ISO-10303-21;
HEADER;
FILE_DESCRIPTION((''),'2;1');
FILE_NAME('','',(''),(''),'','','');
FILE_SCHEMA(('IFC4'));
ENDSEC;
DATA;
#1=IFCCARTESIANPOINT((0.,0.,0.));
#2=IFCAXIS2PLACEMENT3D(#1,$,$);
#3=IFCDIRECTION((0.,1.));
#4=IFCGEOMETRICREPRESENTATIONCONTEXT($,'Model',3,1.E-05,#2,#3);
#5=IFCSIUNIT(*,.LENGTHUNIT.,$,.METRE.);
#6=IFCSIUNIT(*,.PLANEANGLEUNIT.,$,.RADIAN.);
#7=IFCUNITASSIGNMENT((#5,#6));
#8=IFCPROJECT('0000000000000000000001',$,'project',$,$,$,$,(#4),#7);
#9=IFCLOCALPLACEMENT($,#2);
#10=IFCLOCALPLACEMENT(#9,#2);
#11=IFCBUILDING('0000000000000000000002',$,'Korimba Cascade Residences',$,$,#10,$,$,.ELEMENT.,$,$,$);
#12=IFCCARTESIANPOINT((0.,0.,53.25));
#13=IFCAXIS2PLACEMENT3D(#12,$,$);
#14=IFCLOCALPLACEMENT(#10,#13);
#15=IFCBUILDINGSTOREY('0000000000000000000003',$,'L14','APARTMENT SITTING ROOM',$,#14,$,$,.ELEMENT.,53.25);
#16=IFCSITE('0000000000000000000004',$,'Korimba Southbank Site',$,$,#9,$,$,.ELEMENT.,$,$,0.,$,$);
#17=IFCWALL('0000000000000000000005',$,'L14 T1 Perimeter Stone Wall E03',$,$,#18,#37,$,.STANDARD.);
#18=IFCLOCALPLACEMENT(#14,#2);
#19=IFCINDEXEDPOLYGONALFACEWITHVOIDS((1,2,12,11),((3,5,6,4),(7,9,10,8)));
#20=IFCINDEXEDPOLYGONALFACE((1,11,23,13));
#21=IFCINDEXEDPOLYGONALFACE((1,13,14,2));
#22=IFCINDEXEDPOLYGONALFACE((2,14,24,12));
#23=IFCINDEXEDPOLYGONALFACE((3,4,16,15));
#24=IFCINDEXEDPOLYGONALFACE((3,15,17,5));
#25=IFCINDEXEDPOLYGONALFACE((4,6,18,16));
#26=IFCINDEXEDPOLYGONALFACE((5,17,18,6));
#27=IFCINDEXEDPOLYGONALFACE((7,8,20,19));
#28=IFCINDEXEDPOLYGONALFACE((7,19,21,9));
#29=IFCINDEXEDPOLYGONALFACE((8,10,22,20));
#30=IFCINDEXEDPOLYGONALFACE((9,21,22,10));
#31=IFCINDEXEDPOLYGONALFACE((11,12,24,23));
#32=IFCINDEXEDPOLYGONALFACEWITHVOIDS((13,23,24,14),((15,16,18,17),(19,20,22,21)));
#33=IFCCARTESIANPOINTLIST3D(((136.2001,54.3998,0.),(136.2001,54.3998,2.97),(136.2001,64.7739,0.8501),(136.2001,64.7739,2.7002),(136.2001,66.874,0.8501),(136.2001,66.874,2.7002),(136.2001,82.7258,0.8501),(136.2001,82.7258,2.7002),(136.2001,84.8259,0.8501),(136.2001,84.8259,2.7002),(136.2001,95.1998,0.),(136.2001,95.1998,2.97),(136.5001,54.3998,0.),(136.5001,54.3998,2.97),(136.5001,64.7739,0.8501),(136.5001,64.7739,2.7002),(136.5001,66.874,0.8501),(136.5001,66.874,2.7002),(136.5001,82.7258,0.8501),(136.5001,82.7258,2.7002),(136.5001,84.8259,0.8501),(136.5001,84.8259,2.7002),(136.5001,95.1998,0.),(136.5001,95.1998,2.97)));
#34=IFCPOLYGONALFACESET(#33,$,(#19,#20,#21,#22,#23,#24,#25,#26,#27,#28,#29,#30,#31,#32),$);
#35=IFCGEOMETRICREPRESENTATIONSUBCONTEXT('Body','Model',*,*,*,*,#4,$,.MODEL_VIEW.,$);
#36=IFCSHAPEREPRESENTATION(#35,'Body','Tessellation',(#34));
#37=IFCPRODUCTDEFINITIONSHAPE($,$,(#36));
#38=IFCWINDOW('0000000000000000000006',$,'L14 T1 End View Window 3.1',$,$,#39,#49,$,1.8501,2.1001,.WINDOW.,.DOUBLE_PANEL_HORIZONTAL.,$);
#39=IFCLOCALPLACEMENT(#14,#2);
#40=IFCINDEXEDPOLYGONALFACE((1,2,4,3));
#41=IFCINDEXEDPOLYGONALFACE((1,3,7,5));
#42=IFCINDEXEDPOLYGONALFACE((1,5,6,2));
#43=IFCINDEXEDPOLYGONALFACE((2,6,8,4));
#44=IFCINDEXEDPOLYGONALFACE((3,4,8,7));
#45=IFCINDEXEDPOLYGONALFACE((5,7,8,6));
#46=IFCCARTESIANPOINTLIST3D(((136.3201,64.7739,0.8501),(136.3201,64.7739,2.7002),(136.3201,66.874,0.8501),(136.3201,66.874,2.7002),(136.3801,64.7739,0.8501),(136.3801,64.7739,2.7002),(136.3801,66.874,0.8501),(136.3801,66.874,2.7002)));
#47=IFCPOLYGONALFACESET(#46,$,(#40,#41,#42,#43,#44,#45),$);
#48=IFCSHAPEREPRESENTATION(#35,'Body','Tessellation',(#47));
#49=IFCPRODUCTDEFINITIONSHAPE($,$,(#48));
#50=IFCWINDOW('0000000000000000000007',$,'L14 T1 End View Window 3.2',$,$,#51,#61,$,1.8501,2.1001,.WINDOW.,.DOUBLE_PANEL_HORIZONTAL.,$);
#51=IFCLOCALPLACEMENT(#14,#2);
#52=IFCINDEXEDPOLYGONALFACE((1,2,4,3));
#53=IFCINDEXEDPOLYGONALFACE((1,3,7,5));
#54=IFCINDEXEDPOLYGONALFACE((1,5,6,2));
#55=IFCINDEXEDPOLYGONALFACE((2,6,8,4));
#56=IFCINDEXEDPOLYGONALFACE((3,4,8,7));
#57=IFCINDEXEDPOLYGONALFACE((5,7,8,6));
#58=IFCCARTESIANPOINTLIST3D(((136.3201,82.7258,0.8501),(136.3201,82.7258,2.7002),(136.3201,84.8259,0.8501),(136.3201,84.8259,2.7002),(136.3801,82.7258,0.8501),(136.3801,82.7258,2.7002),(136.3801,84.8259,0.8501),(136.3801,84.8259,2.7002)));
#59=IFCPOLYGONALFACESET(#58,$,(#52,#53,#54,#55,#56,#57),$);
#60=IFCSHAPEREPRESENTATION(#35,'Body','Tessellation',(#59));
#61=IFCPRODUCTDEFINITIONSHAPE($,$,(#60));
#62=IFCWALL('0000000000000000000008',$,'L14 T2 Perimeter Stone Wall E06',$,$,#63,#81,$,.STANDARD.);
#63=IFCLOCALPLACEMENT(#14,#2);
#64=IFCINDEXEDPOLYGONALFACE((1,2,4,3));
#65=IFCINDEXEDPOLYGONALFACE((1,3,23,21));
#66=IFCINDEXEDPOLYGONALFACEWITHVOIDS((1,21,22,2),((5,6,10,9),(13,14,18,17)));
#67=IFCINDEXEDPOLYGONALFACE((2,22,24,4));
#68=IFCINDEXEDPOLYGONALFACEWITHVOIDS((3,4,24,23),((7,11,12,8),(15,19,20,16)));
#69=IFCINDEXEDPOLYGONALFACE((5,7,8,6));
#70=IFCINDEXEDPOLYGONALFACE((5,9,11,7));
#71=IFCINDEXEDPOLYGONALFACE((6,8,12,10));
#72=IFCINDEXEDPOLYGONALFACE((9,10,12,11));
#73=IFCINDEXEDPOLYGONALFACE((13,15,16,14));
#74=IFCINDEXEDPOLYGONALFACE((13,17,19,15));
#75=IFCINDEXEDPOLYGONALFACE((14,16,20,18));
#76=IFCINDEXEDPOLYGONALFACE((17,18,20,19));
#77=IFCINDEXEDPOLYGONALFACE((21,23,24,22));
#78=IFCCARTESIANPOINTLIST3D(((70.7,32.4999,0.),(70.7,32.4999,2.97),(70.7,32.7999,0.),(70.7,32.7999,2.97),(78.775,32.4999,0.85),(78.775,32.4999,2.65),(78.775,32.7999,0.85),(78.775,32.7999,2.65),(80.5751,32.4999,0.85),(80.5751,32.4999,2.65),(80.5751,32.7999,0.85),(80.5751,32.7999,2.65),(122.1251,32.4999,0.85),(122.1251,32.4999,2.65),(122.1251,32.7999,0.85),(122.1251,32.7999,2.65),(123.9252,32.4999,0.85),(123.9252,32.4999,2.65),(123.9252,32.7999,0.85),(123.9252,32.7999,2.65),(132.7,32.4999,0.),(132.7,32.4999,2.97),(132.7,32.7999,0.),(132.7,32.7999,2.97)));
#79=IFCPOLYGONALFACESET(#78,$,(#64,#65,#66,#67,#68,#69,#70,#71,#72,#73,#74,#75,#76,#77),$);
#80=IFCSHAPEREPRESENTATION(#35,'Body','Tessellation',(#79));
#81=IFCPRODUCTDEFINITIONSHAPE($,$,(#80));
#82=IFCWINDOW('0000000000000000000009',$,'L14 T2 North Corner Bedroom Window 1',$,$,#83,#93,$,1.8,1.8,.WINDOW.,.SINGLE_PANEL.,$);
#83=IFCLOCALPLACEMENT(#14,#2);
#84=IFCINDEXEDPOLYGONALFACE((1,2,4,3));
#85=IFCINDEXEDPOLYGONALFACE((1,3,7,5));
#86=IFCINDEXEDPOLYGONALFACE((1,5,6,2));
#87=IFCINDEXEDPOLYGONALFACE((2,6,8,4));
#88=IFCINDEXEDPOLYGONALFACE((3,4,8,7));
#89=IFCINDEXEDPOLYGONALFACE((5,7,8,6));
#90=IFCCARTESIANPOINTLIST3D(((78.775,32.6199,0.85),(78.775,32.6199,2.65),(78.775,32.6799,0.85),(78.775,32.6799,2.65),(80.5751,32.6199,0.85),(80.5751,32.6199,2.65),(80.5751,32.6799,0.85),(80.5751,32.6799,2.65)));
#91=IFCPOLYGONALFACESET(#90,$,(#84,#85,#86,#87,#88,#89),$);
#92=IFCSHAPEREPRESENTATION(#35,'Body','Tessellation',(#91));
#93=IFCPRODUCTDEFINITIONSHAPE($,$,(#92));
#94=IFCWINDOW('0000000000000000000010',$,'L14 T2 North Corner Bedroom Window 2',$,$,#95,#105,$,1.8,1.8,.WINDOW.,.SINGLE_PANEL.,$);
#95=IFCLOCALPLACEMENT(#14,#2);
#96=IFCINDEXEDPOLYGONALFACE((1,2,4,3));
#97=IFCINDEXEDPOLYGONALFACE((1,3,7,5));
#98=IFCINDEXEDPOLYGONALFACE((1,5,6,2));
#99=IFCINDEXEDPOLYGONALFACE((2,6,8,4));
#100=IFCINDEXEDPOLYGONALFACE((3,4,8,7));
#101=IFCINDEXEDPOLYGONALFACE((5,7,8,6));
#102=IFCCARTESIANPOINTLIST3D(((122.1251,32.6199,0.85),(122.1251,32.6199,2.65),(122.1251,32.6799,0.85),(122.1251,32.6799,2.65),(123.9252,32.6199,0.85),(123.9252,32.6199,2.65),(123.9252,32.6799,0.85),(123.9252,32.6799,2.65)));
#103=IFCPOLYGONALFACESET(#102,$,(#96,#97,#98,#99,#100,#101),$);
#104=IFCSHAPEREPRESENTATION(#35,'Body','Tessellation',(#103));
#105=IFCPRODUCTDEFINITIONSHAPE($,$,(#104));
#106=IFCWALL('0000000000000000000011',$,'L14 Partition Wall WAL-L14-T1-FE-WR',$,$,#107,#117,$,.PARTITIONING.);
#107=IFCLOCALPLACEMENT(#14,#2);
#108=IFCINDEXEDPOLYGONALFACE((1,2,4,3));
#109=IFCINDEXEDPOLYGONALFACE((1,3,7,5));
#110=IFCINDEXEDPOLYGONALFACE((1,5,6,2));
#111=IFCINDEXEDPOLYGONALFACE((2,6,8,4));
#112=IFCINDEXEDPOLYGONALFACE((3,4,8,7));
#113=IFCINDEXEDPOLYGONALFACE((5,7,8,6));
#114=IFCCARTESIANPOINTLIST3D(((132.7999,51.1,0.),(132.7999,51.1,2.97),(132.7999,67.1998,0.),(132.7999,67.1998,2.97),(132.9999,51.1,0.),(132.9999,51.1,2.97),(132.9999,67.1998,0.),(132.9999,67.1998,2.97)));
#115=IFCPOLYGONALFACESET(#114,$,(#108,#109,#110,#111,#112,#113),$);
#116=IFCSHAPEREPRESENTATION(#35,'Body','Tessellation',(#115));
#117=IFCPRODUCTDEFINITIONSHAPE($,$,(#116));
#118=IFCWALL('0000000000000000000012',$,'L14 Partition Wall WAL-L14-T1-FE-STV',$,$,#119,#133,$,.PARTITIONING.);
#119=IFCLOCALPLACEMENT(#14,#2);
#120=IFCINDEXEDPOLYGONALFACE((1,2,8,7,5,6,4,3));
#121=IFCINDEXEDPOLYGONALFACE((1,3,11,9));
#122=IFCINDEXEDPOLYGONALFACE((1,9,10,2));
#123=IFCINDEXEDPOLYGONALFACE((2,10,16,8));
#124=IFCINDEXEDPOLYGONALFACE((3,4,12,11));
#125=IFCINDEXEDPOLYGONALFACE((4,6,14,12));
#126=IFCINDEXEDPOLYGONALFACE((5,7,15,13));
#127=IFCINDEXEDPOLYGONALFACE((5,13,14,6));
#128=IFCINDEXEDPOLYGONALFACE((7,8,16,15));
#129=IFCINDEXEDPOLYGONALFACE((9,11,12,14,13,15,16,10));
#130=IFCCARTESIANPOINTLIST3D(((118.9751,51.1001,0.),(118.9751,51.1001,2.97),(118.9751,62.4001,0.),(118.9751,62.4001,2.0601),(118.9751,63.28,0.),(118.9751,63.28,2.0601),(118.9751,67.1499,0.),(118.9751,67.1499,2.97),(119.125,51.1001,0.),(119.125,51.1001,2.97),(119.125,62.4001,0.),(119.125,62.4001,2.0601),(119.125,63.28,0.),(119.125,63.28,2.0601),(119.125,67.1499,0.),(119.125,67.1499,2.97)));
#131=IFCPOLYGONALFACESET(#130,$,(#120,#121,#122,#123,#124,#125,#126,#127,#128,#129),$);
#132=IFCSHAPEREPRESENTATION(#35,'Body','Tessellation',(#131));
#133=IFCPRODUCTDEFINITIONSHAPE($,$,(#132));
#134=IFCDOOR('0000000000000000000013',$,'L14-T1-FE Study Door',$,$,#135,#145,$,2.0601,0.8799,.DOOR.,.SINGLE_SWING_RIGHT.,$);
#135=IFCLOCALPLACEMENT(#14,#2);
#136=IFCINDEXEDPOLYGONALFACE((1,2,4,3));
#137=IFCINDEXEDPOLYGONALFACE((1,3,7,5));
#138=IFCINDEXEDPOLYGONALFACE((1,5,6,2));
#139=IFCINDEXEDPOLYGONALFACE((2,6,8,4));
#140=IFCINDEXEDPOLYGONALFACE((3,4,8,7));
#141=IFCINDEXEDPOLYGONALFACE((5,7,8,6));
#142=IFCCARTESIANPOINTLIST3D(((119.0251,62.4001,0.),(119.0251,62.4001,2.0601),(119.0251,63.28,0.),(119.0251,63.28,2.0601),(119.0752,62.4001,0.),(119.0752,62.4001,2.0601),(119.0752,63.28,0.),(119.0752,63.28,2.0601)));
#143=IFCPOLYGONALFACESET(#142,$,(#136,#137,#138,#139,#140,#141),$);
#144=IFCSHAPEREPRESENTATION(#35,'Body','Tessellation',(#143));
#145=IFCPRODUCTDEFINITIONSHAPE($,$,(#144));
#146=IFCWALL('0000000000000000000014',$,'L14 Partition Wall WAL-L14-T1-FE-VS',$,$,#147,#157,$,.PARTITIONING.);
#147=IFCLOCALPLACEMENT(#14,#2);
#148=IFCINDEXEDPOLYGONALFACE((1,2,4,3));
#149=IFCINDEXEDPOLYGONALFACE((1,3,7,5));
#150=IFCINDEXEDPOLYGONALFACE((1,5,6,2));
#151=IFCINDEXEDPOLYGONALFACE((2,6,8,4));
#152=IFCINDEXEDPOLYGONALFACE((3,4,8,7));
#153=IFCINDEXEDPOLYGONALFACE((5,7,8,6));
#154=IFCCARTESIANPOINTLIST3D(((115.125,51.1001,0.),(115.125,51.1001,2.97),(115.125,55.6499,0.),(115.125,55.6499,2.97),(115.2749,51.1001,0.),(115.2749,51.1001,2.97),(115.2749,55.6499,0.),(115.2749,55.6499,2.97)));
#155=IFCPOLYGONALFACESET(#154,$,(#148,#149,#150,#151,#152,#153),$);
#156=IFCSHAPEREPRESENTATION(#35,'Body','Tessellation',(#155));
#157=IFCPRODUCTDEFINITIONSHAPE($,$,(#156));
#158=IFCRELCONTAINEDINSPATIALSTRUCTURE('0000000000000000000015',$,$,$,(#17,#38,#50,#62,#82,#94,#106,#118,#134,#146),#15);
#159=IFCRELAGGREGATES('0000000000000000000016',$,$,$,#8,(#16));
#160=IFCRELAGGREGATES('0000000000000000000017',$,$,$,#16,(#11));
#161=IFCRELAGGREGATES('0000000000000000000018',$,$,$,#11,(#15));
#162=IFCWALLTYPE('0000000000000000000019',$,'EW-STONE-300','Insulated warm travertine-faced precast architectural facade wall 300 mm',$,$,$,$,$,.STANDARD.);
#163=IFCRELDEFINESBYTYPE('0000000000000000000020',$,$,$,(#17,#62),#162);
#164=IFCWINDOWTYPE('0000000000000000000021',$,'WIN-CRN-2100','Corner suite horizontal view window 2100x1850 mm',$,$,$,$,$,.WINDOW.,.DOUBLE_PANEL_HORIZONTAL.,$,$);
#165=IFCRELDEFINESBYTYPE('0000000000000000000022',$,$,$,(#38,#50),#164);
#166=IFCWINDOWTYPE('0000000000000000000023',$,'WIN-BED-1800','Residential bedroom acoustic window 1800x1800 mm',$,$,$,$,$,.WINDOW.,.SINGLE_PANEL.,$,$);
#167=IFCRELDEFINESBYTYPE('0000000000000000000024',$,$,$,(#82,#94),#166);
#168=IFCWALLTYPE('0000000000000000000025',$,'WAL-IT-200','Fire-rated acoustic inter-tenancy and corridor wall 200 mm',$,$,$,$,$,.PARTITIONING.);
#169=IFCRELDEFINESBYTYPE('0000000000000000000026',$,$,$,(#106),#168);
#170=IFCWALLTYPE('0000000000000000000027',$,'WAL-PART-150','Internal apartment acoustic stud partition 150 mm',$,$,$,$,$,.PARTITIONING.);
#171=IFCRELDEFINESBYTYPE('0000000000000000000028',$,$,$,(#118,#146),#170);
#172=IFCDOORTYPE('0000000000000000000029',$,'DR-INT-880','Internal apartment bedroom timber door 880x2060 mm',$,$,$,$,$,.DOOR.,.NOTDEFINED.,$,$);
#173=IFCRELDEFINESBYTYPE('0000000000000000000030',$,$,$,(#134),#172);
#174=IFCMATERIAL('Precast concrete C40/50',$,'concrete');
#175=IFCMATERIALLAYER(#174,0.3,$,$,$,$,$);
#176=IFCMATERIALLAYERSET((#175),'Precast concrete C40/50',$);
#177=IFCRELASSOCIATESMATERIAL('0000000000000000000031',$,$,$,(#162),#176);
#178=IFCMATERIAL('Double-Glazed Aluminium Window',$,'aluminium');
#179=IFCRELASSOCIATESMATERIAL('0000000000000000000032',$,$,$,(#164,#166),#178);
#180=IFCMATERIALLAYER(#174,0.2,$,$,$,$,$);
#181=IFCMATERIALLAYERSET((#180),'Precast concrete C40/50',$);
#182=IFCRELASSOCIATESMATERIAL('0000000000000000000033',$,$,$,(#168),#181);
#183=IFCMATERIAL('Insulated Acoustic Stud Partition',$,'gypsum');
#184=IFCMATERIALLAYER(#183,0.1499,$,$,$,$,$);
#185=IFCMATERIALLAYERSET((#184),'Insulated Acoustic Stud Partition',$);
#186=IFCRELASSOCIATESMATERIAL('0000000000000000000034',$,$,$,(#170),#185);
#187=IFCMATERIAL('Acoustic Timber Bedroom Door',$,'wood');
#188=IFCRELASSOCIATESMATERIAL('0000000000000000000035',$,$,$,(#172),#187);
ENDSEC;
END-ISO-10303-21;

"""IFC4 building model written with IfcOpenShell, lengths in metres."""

from ifc_helpers import new_model, si_unit, direction, frame, frame_2d, origin, place, context, subcontext, project, spatial, rectangle, extrude, material, layer, layer_set, type_object, element, fill, save


model = new_model("IFC4")

# Units and contexts
model_context = context("Model", 3, precision=1e-05, world=origin(), true_north=direction((0.0, 1.0)))
body_context = subcontext(model_context, "Body", "Model", "MODEL_VIEW")
ifc_project = project(units=[si_unit("LENGTHUNIT", "METRE"), si_unit("PLANEANGLEUNIT", "RADIAN")], contexts=[model_context])

# Site, building, storey
site_placement = place(None, origin())
site = spatial("IfcSite", under=ifc_project, at=site_placement, Name="Korimba Southbank Site", CompositionType="ELEMENT", RefElevation=0.0)
building_placement = place(site_placement, origin())
building = spatial("IfcBuilding", under=site, at=building_placement, Name="Korimba Cascade Residences", CompositionType="ELEMENT")
storey_placement = place(building_placement, frame((0.0, 0.0, 53.25)))
storey = spatial("IfcBuildingStorey", under=building, at=storey_placement, Name="L14", Description="APARTMENT SITTING ROOM", CompositionType="ELEMENT", Elevation=53.25)

# Shared definitions
ifc_material_1 = material(Name="Precast concrete C40/50", Category="concrete")
ifc_layer_1 = layer(ifc_material_1, 0.3)
ifc_layer_set_1 = layer_set([ifc_layer_1], Name="Precast concrete C40/50")
wall_type_1 = type_object("IfcWallType", Name="EW-STONE-300", Description="Insulated warm travertine-faced precast architectural facade wall 300 mm", PredefinedType="STANDARD", material=ifc_layer_set_1)

# Walls, openings, windows
wall_1_placement = place(storey_placement, frame((136.3501, 54.3999, 0.0), z_axis=(0.0, 0.0, 1.0), x_axis=(0.0, 1.0, 0.0)))
wall_1 = element("IfcWall", 1, at=wall_1_placement, inside=storey, type_object=wall_type_1, Name="L14 T1 Perimeter Stone Wall E03", PredefinedType="STANDARD", context=body_context, shape_type="SweptSolid", body=[
    extrude(rectangle(XDim=40.8, YDim=0.3, at=frame_2d((20.3999, 0.0))), origin(), (0.0, 0.0, 1.0), 2.97),
])
opening_1_placement = place(wall_1_placement, frame((10.374, 0.0, 0.8501)))
opening_1 = element("IfcOpeningElement", 2, at=opening_1_placement, cuts=wall_1, PredefinedType="OPENING", context=body_context, shape_type="SweptSolid", body=[
    extrude(rectangle(XDim=2.1001, YDim=1.8501, at=frame_2d((1.05, 0.925))), frame((0.0, 0.1602, 0.0), z_axis=(0.0, -1.0, 0.0), x_axis=(1.0, 0.0, 0.0)), (0.0, 0.0, 1.0), 0.3201),
])
opening_2_placement = place(wall_1_placement, frame((28.3259, 0.0, 0.8501)))
opening_2 = element("IfcOpeningElement", 3, at=opening_2_placement, cuts=wall_1, PredefinedType="OPENING", context=body_context, shape_type="SweptSolid", body=[
    extrude(rectangle(XDim=2.1001, YDim=1.8501, at=frame_2d((1.05, 0.925))), frame((0.0, 0.1602, 0.0), z_axis=(0.0, -1.0, 0.0), x_axis=(1.0, 0.0, 0.0)), (0.0, 0.0, 1.0), 0.3201),
])
ifc_material_2 = material(Name="Double-Glazed Aluminium Window", Category="aluminium")
window_type_1 = type_object("IfcWindowType", Name="WIN-CRN-2100", Description="Corner suite horizontal view window 2100x1850 mm", PartitioningType="DOUBLE_PANEL_HORIZONTAL", PredefinedType="WINDOW", material=ifc_material_2)
window_1_placement = place(opening_1_placement, origin())
window_1 = element("IfcWindow", 4, at=window_1_placement, inside=storey, type_object=window_type_1, Name="L14 T1 End View Window 3.1", OverallHeight=1.8501, OverallWidth=2.1001, PartitioningType="DOUBLE_PANEL_HORIZONTAL", PredefinedType="WINDOW", context=body_context, shape_type="SweptSolid", body=[
    extrude(rectangle(XDim=2.1001, YDim=1.8501, at=frame_2d((1.05, 0.925))), frame((0.0, 0.03, 0.0), z_axis=(0.0, -1.0, 0.0), x_axis=(1.0, 0.0, 0.0)), (0.0, 0.0, 1.0), 0.0601),
])
fill(opening_1, window_1)
window_2_placement = place(opening_2_placement, origin())
window_2 = element("IfcWindow", 5, at=window_2_placement, inside=storey, type_object=window_type_1, Name="L14 T1 End View Window 3.2", OverallHeight=1.8501, OverallWidth=2.1001, PartitioningType="DOUBLE_PANEL_HORIZONTAL", PredefinedType="WINDOW", context=body_context, shape_type="SweptSolid", body=[
    extrude(rectangle(XDim=2.1001, YDim=1.8501, at=frame_2d((1.05, 0.925))), frame((0.0, 0.03, 0.0), z_axis=(0.0, -1.0, 0.0), x_axis=(1.0, 0.0, 0.0)), (0.0, 0.0, 1.0), 0.0601),
])
fill(opening_2, window_2)
wall_2_placement = place(storey_placement, frame((132.7, 32.6499, 0.0), z_axis=(0.0, 0.0, 1.0), x_axis=(-1.0, 0.0, 0.0)))
wall_2 = element("IfcWall", 6, at=wall_2_placement, inside=storey, type_object=wall_type_1, Name="L14 T2 Perimeter Stone Wall E06", PredefinedType="STANDARD", context=body_context, shape_type="SweptSolid", body=[
    extrude(rectangle(XDim=62.0, YDim=0.3, at=frame_2d((31.0, 0.0))), origin(), (0.0, 0.0, 1.0), 2.97),
])
opening_3_placement = place(wall_2_placement, frame((52.125, 0.0, 0.8501)))
opening_3 = element("IfcOpeningElement", 7, at=opening_3_placement, cuts=wall_2, PredefinedType="OPENING", context=body_context, shape_type="SweptSolid", body=[
    extrude(rectangle(XDim=1.8, YDim=1.8, at=frame_2d((0.8999, 0.8999))), frame((0.0, 0.1602, 0.0), z_axis=(0.0, -1.0, 0.0), x_axis=(1.0, 0.0, 0.0)), (0.0, 0.0, 1.0), 0.3201),
])
opening_4_placement = place(wall_2_placement, frame((8.7749, 0.0, 0.8501)))
opening_4 = element("IfcOpeningElement", 8, at=opening_4_placement, cuts=wall_2, PredefinedType="OPENING", context=body_context, shape_type="SweptSolid", body=[
    extrude(rectangle(XDim=1.8, YDim=1.8, at=frame_2d((0.8999, 0.8999))), frame((0.0, 0.1602, 0.0), z_axis=(0.0, -1.0, 0.0), x_axis=(1.0, 0.0, 0.0)), (0.0, 0.0, 1.0), 0.3201),
])
window_type_2 = type_object("IfcWindowType", Name="WIN-BED-1800", Description="Residential bedroom acoustic window 1800x1800 mm", PartitioningType="SINGLE_PANEL", PredefinedType="WINDOW", material=ifc_material_2)
window_3_placement = place(opening_3_placement, origin())
window_3 = element("IfcWindow", 9, at=window_3_placement, inside=storey, type_object=window_type_2, Name="L14 T2 North Corner Bedroom Window 1", OverallHeight=1.8, OverallWidth=1.8, PartitioningType="SINGLE_PANEL", PredefinedType="WINDOW", context=body_context, shape_type="SweptSolid", body=[
    extrude(rectangle(XDim=1.8, YDim=1.8, at=frame_2d((0.8999, 0.8999))), frame((0.0, 0.03, 0.0), z_axis=(0.0, -1.0, 0.0), x_axis=(1.0, 0.0, 0.0)), (0.0, 0.0, 1.0), 0.0601),
])
fill(opening_3, window_3)
window_4_placement = place(opening_4_placement, origin())
window_4 = element("IfcWindow", 10, at=window_4_placement, inside=storey, type_object=window_type_2, Name="L14 T2 North Corner Bedroom Window 2", OverallHeight=1.8, OverallWidth=1.8, PartitioningType="SINGLE_PANEL", PredefinedType="WINDOW", context=body_context, shape_type="SweptSolid", body=[
    extrude(rectangle(XDim=1.8, YDim=1.8, at=frame_2d((0.8999, 0.8999))), frame((0.0, 0.03, 0.0), z_axis=(0.0, -1.0, 0.0), x_axis=(1.0, 0.0, 0.0)), (0.0, 0.0, 1.0), 0.0601),
])
fill(opening_4, window_4)

# Wall
ifc_layer_2 = layer(ifc_material_1, 0.2)
ifc_layer_set_2 = layer_set([ifc_layer_2], Name="Precast concrete C40/50")
wall_type_2 = type_object("IfcWallType", Name="WAL-IT-200", Description="Fire-rated acoustic inter-tenancy and corridor wall 200 mm", PredefinedType="PARTITIONING", material=ifc_layer_set_2)
wall_3_placement = place(storey_placement, frame((132.8999, 51.1001, 0.0), z_axis=(0.0, 0.0, 1.0), x_axis=(0.0, 1.0, 0.0)))
element("IfcWall", 11, at=wall_3_placement, inside=storey, type_object=wall_type_2, Name="L14 Partition Wall WAL-L14-T1-FE-WR", PredefinedType="PARTITIONING", context=body_context, shape_type="SweptSolid", body=[
    extrude(rectangle(XDim=16.0999, YDim=0.2, at=frame_2d((8.0498, 0.0))), origin(), (0.0, 0.0, 1.0), 2.97),
])

# Wall, opening, door
ifc_material_3 = material(Name="Insulated Acoustic Stud Partition", Category="gypsum")
ifc_layer_3 = layer(ifc_material_3, 0.1499)
ifc_layer_set_3 = layer_set([ifc_layer_3], Name="Insulated Acoustic Stud Partition")
wall_type_3 = type_object("IfcWallType", Name="WAL-PART-150", Description="Internal apartment acoustic stud partition 150 mm", PredefinedType="PARTITIONING", material=ifc_layer_set_3)
wall_4_placement = place(storey_placement, frame((119.05, 51.1001, 0.0), z_axis=(0.0, 0.0, 1.0), x_axis=(0.0, 1.0, 0.0)))
wall_4 = element("IfcWall", 12, at=wall_4_placement, inside=storey, type_object=wall_type_3, Name="L14 Partition Wall WAL-L14-T1-FE-STV", PredefinedType="PARTITIONING", context=body_context, shape_type="SweptSolid", body=[
    extrude(rectangle(XDim=16.0498, YDim=0.1499, at=frame_2d((8.0249, 0.0))), origin(), (0.0, 0.0, 1.0), 2.97),
])
opening_5_placement = place(wall_4_placement, frame((11.3, 0.0, 0.0)))
opening_5 = element("IfcOpeningElement", 13, at=opening_5_placement, cuts=wall_4, PredefinedType="OPENING", context=body_context, shape_type="SweptSolid", body=[
    extrude(rectangle(XDim=0.8799, YDim=2.0601, at=frame_2d((0.4399, 1.03))), frame((0.0, 0.085, 0.0), z_axis=(0.0, -1.0, 0.0), x_axis=(1.0, 0.0, 0.0)), (0.0, 0.0, 1.0), 0.1699),
])
ifc_material_4 = material(Name="Acoustic Timber Bedroom Door", Category="wood")
door_type = type_object("IfcDoorType", Name="DR-INT-880", Description="Internal apartment bedroom timber door 880x2060 mm", OperationType="NOTDEFINED", PredefinedType="DOOR", material=ifc_material_4)
door_placement = place(opening_5_placement, origin())
door = element("IfcDoor", 14, at=door_placement, inside=storey, type_object=door_type, Name="L14-T1-FE Study Door", OperationType="SINGLE_SWING_RIGHT", OverallHeight=2.0601, OverallWidth=0.8799, PredefinedType="DOOR", context=body_context, shape_type="SweptSolid", body=[
    extrude(rectangle(XDim=0.8799, YDim=2.0601, at=frame_2d((0.4399, 1.03))), frame((0.0, 0.0249, 0.0), z_axis=(0.0, -1.0, 0.0), x_axis=(1.0, 0.0, 0.0)), (0.0, 0.0, 1.0), 0.05),
])
fill(opening_5, door)

# Wall
wall_5_placement = place(storey_placement, frame((115.2, 51.1001, 0.0), z_axis=(0.0, 0.0, 1.0), x_axis=(0.0, 1.0, 0.0)))
element("IfcWall", 15, at=wall_5_placement, inside=storey, type_object=wall_type_3, Name="L14 Partition Wall WAL-L14-T1-FE-VS", PredefinedType="PARTITIONING", context=body_context, shape_type="SweptSolid", body=[
    extrude(rectangle(XDim=4.5498, YDim=0.1499, at=frame_2d((2.2749, 0.0))), origin(), (0.0, 0.0, 1.0), 2.97),
])

save(model, "model.ifc")
